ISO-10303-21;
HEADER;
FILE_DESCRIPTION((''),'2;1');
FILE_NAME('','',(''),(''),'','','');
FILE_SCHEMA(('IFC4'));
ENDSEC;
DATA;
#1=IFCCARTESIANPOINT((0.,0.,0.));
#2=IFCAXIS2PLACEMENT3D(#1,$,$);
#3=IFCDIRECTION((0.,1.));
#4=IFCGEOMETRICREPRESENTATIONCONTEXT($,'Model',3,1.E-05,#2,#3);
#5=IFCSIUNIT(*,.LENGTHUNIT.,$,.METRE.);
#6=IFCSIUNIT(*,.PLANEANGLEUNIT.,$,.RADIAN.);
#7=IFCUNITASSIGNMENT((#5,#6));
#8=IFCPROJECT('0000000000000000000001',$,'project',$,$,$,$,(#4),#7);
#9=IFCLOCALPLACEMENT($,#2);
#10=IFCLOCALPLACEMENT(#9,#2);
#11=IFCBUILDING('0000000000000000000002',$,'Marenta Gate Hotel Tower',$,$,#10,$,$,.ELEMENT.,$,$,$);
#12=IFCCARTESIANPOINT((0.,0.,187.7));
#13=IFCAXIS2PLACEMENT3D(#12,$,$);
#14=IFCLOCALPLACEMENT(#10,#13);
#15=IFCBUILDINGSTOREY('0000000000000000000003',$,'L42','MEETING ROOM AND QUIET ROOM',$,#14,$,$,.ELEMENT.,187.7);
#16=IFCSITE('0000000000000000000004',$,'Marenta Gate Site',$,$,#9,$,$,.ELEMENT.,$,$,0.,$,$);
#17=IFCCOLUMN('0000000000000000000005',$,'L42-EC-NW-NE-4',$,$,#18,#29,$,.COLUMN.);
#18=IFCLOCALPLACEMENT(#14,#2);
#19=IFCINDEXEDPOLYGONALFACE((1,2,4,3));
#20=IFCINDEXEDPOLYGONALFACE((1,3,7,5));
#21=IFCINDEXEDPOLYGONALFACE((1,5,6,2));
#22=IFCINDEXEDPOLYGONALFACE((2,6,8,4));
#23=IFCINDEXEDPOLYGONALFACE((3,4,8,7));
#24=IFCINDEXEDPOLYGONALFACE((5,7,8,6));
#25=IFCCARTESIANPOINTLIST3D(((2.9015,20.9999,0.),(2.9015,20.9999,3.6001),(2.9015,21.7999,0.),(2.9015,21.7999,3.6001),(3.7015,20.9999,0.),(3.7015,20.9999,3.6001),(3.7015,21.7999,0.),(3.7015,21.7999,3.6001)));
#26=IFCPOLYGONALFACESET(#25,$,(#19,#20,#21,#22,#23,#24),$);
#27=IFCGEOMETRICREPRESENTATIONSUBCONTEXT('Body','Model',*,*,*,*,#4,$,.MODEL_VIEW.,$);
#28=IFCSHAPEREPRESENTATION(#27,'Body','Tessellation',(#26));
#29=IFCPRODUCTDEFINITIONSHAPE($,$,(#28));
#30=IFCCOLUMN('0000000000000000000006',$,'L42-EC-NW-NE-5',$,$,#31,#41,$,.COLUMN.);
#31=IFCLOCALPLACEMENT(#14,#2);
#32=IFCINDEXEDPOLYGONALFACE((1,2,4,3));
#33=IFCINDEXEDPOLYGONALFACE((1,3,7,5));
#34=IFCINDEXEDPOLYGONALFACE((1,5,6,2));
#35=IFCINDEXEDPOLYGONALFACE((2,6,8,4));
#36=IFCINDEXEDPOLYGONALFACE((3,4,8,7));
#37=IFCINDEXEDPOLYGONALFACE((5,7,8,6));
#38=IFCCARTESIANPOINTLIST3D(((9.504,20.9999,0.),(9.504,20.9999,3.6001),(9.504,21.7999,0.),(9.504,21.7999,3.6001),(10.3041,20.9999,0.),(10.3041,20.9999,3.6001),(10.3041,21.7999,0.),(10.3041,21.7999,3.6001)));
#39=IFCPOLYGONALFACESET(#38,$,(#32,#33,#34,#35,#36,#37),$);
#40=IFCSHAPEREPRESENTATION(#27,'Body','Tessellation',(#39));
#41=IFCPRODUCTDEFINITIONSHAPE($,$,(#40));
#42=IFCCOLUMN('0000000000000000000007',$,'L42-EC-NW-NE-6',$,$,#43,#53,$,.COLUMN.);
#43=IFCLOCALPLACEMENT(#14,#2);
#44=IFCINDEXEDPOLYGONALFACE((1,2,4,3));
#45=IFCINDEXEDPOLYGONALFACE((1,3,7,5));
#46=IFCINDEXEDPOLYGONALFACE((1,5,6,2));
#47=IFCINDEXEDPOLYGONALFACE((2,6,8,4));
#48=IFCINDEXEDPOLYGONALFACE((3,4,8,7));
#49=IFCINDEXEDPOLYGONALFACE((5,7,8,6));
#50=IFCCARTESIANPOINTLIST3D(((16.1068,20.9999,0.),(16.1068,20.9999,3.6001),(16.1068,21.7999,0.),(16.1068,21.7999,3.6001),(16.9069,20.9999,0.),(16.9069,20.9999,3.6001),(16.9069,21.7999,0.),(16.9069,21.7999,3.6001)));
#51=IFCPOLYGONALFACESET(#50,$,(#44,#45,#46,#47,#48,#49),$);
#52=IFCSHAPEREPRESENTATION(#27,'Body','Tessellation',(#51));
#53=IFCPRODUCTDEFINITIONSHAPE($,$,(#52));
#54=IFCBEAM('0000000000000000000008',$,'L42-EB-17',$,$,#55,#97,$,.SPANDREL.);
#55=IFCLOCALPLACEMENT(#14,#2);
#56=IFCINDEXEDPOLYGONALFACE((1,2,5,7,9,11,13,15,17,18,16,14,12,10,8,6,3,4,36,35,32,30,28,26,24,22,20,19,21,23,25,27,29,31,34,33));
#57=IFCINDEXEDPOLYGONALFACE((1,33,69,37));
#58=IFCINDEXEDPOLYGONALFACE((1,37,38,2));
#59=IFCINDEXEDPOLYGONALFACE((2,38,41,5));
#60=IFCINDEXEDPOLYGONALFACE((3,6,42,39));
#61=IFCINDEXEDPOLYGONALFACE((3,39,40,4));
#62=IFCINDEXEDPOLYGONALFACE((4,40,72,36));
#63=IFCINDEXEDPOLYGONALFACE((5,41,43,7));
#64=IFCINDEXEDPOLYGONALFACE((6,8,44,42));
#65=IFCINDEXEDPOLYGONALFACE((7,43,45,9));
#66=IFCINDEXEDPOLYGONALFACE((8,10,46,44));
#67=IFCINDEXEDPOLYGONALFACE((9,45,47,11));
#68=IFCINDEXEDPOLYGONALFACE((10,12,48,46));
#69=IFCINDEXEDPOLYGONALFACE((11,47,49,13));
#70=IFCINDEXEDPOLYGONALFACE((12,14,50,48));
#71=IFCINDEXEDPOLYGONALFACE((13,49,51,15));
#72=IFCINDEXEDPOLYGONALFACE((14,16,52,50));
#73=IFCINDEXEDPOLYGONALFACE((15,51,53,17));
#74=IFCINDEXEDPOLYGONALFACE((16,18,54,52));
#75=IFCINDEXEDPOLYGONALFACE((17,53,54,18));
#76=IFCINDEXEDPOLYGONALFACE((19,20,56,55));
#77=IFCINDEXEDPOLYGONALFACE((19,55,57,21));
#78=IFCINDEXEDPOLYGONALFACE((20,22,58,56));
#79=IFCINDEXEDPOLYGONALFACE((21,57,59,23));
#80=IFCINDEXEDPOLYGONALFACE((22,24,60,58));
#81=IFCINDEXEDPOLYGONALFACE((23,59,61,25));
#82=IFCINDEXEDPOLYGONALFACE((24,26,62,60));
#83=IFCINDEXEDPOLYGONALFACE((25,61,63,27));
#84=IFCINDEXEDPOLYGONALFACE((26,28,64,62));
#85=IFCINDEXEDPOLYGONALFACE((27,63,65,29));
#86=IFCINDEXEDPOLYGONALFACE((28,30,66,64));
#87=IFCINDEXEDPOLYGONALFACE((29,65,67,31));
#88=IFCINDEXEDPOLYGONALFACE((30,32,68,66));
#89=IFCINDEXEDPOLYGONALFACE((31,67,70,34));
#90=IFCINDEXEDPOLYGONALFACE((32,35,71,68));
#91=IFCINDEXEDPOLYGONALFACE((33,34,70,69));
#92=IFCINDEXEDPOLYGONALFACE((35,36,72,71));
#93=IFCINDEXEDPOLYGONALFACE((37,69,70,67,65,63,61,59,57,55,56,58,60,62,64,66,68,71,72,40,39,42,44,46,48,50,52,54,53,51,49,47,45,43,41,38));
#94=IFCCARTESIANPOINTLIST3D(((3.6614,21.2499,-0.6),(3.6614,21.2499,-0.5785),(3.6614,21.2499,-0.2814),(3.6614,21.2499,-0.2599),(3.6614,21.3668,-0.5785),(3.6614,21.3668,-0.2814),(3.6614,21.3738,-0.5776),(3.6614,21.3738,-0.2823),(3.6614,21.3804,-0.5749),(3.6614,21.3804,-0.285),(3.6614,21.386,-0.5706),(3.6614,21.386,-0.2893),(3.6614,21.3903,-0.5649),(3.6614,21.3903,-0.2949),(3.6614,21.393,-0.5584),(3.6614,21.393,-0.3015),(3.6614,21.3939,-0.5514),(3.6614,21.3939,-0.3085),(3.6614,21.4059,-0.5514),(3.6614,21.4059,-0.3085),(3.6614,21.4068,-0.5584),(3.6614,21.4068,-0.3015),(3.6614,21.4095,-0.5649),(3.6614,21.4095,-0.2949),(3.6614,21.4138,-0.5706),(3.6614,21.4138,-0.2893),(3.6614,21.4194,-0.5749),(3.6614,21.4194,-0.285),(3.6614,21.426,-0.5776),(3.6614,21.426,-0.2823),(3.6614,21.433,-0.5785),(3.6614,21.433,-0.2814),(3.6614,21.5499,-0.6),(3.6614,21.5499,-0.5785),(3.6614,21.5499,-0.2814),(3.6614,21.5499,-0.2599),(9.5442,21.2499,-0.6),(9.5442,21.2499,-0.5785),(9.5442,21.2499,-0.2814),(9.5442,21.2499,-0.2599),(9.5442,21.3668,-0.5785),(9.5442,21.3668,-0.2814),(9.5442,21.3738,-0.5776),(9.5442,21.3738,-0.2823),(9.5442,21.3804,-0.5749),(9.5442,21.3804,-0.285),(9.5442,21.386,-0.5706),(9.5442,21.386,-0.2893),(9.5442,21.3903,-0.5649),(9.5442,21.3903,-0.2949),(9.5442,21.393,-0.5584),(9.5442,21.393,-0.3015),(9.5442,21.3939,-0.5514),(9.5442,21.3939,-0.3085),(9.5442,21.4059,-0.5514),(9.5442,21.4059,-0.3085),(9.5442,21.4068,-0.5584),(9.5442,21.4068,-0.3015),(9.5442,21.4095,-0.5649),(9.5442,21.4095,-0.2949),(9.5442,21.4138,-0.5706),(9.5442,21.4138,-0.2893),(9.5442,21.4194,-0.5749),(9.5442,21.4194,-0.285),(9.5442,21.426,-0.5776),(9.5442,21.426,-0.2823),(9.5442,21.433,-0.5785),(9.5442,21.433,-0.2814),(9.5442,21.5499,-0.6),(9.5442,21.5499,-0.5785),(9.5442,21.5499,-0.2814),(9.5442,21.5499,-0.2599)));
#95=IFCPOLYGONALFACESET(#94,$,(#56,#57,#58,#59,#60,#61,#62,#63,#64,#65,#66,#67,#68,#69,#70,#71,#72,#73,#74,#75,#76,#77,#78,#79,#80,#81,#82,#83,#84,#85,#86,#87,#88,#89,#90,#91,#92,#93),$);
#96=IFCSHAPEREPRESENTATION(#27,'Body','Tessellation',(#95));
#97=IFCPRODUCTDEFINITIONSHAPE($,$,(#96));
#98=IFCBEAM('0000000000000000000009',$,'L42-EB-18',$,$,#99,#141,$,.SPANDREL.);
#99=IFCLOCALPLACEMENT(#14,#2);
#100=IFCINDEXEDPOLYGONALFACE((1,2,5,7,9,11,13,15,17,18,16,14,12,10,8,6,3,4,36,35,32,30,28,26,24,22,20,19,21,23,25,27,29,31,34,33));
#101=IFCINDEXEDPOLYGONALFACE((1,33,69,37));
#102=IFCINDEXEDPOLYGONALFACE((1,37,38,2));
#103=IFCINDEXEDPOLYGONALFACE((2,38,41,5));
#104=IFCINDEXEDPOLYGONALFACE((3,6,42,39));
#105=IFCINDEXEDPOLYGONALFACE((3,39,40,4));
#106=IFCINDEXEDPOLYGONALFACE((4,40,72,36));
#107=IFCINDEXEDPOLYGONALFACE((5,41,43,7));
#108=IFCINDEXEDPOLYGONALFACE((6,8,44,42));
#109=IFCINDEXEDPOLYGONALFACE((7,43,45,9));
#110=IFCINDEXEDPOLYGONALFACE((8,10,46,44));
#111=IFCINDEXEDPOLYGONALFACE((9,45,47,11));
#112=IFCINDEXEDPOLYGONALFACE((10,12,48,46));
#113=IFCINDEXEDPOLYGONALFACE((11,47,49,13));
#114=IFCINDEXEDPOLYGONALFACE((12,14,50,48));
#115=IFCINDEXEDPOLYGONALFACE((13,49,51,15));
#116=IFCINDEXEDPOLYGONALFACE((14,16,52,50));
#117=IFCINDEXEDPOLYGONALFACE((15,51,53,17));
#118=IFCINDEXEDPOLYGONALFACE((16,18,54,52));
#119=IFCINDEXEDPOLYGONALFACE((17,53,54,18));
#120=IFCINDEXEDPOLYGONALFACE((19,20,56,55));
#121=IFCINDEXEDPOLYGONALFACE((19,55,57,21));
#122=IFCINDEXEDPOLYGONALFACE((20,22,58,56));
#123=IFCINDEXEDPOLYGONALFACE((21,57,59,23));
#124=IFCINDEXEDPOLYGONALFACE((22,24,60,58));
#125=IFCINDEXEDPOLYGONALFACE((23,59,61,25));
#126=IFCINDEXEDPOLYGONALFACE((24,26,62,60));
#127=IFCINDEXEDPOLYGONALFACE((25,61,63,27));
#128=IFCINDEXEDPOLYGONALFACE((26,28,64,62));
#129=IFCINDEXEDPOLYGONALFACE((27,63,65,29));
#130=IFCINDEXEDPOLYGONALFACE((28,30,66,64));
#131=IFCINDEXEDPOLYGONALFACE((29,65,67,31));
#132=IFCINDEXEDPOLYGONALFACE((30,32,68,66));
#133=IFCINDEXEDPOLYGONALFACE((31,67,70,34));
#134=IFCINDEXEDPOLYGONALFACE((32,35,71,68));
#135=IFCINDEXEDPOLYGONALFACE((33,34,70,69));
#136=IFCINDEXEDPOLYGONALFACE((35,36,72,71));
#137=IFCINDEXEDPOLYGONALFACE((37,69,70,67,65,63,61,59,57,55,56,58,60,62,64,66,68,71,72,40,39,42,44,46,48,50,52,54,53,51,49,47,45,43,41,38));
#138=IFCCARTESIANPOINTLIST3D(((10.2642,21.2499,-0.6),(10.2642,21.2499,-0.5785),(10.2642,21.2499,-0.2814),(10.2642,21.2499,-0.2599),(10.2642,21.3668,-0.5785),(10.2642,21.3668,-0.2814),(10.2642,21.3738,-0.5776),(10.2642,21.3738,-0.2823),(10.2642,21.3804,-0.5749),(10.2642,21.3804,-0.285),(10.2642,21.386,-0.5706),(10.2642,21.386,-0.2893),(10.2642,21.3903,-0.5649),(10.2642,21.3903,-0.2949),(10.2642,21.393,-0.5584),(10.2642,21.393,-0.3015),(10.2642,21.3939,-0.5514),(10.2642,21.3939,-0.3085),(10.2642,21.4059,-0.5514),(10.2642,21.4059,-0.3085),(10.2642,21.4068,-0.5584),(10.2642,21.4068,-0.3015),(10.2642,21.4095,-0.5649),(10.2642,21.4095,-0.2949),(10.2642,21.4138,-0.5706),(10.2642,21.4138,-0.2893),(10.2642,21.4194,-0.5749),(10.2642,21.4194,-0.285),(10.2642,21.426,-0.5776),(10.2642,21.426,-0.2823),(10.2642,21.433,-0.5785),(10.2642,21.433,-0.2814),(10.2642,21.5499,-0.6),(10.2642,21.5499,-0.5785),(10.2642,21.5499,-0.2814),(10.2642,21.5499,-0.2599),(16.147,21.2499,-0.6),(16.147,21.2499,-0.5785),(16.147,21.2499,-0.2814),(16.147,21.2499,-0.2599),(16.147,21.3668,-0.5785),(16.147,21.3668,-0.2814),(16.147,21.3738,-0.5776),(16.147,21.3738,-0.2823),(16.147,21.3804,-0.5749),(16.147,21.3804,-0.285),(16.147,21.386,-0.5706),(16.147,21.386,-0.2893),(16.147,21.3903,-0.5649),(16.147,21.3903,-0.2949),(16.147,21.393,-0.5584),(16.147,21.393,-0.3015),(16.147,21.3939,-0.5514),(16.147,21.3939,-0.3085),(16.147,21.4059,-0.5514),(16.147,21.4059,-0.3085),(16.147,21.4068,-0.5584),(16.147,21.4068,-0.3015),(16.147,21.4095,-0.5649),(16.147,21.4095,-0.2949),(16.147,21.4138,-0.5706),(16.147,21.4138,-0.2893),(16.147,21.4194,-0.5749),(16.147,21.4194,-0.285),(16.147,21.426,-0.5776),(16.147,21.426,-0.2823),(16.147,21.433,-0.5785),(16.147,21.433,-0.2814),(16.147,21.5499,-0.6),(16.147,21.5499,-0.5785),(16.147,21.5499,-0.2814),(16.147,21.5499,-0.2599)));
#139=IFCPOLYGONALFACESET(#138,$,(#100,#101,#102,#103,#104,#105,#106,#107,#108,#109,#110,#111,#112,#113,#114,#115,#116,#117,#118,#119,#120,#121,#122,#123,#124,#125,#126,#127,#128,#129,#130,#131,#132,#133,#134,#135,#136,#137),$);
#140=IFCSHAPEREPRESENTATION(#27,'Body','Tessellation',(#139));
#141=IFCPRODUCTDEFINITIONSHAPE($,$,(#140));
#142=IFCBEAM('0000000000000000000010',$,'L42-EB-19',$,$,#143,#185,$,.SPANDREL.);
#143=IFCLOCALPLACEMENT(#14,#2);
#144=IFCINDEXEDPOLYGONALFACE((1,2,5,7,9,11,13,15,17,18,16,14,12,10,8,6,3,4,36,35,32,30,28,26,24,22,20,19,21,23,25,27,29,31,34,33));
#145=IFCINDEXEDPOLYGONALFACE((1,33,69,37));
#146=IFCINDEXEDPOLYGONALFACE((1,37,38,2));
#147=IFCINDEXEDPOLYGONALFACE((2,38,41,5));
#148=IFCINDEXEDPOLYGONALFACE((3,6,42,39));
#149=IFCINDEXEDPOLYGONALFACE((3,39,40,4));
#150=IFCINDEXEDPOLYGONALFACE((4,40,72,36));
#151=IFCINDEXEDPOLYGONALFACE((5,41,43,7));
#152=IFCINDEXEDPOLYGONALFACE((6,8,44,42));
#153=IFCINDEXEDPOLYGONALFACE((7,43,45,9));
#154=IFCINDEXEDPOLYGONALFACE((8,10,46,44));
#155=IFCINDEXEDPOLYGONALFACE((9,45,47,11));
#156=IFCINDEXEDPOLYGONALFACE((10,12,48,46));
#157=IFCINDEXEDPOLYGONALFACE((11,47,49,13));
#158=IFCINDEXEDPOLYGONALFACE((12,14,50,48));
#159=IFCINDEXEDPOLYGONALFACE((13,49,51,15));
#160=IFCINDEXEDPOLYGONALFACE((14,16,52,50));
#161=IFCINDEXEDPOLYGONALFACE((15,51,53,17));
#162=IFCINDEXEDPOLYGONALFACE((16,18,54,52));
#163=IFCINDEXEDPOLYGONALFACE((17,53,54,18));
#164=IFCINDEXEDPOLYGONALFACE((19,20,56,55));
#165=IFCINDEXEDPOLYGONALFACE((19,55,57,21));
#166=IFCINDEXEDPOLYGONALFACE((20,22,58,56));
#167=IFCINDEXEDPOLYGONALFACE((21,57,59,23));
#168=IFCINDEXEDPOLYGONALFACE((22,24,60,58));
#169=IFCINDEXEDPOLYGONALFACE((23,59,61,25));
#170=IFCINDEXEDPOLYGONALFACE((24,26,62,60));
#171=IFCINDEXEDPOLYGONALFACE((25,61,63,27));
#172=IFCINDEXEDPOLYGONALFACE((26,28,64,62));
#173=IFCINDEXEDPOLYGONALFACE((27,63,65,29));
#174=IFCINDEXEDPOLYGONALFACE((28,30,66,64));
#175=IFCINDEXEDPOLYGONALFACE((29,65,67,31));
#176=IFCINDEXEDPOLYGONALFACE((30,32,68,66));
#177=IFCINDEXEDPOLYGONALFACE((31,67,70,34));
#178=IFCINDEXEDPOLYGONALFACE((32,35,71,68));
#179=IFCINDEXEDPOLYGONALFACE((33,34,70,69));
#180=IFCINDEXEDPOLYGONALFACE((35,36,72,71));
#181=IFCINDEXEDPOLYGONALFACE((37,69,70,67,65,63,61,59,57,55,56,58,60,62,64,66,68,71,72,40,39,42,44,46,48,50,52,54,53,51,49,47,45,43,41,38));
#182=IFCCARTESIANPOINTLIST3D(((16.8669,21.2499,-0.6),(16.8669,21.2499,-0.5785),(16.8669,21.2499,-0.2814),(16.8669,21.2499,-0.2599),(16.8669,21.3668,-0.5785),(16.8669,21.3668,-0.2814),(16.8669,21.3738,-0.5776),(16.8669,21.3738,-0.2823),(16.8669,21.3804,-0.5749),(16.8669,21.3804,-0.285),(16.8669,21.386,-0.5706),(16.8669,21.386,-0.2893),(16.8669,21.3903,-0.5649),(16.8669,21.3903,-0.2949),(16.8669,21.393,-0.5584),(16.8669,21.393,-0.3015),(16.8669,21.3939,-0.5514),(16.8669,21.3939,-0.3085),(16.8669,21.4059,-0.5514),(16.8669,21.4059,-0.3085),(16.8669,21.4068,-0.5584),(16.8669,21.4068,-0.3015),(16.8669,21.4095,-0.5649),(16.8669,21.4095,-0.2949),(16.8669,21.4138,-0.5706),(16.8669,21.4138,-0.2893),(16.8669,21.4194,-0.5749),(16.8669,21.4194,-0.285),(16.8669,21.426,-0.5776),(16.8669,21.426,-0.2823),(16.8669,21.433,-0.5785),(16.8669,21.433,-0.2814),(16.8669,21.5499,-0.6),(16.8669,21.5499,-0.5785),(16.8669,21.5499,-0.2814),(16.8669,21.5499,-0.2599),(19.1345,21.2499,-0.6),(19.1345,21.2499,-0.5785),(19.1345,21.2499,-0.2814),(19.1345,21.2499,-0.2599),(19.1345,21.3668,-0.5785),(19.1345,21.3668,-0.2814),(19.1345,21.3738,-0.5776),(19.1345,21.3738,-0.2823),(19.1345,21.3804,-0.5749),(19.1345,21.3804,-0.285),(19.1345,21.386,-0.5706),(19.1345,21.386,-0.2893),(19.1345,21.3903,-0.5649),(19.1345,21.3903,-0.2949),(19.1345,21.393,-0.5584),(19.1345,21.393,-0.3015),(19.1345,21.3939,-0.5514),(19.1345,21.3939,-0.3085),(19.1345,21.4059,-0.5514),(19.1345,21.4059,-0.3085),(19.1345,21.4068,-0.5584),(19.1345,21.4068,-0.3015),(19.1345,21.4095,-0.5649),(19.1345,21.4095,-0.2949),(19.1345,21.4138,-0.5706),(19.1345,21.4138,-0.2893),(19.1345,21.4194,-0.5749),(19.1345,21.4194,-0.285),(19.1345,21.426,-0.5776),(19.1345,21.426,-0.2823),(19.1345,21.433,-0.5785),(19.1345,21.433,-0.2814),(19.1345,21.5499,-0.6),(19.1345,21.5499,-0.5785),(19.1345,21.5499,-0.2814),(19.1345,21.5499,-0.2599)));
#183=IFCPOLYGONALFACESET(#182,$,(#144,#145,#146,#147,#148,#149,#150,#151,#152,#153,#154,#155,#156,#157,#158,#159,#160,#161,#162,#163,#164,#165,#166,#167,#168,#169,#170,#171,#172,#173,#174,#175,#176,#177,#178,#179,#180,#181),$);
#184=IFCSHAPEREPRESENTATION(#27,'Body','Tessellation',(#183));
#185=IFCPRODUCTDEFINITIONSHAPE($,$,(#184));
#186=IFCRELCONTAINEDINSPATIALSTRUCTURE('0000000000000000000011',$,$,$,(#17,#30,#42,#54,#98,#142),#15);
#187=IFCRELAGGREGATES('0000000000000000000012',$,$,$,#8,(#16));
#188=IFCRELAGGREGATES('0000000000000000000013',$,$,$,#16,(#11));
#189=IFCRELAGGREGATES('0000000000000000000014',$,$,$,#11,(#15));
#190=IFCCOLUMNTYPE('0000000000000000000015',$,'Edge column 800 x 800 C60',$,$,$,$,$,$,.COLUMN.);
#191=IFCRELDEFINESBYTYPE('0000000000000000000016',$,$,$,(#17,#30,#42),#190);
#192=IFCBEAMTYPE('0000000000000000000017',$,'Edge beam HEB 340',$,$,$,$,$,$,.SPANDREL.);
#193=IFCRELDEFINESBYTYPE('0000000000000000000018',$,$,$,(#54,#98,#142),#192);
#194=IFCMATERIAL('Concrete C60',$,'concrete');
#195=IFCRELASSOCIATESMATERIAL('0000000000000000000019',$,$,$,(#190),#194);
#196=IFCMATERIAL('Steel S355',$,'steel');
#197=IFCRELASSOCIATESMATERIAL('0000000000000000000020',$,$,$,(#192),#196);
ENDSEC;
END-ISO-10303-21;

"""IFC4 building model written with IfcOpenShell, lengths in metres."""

from ifc_helpers import new_model, si_unit, direction, frame, origin, origin_2d, place, context, subcontext, project, spatial, rectangle, i_section, extrude, material, material_profile, profile_set, type_object, element, save


model = new_model("IFC4")

# Units and contexts
model_context = context("Model", 3, precision=1e-05, world=origin(), true_north=direction((0.0, 1.0)))
body_context = subcontext(model_context, "Body", "Model", "MODEL_VIEW")
ifc_project = project(units=[si_unit("LENGTHUNIT", "METRE"), si_unit("PLANEANGLEUNIT", "RADIAN")], contexts=[model_context])

# Site, building, storey
site_placement = place(None, origin())
site = spatial("IfcSite", under=ifc_project, at=site_placement, Name="Marenta Gate Site", CompositionType="ELEMENT", RefElevation=0.0)
building_placement = place(site_placement, origin())
building = spatial("IfcBuilding", under=site, at=building_placement, Name="Marenta Gate Hotel Tower", CompositionType="ELEMENT")
storey_placement = place(building_placement, frame((0.0, 0.0, 187.7)))
storey = spatial("IfcBuildingStorey", under=building, at=storey_placement, Name="L42", Description="MEETING ROOM AND QUIET ROOM", CompositionType="ELEMENT", Elevation=187.7)

# Columns
ifc_material_1 = material(Name="Concrete C60", Category="concrete")
ifc_material_profile_1 = material_profile(ifc_material_1, rectangle(XDim=0.8, YDim=0.8, at=origin_2d()), Name="800 x 800")
ifc_profile_set_1 = profile_set([ifc_material_profile_1], Name="Concrete C60")
column_type = type_object("IfcColumnType", Name="Edge column 800 x 800 C60", PredefinedType="COLUMN", material=ifc_profile_set_1)
for number, where, z_axis, x_axis, name in (
    (1, (3.3015, 21.3999, 0.0), (0.0, 0.0, 1.0), (1.0, 0.0, 0.0), "L42-EC-NW-NE-4"),
    (2, (9.9041, 21.3999, 0.0), (0.0, 0.0, 1.0), (1.0, 0.0, 0.0), "L42-EC-NW-NE-5"),
    (3, (16.5068, 21.3999, 0.0), (0.0, 0.0, 1.0), (1.0, 0.0, 0.0), "L42-EC-NW-NE-6"),
):
    element("IfcColumn", number, at=place(storey_placement, frame(where, z_axis=z_axis, x_axis=x_axis)), inside=storey, type_object=column_type, Name=name, PredefinedType="COLUMN", context=body_context, shape_type="SweptSolid", body=[
        extrude(rectangle(XDim=0.8, YDim=0.8, at=origin_2d()), origin(), (0.0, 0.0, 1.0), 3.6001),
    ])

# Beams
ifc_material_2 = material(Name="Steel S355", Category="steel")
ifc_material_profile_2 = material_profile(ifc_material_2, i_section(OverallWidth=0.3, OverallDepth=0.3401, WebThickness=0.012, FlangeThickness=0.0215, FilletRadius=0.0271, at=origin_2d()), Name="HEB 340")
ifc_profile_set_2 = profile_set([ifc_material_profile_2], Name="Steel S355")
beam_type_1 = type_object("IfcBeamType", Name="Edge beam HEB 340", PredefinedType="SPANDREL", material=ifc_profile_set_2)
for number, where, z_axis, x_axis, name in (
    (4, (3.6614, 21.3999, -0.4299), (1.0, 0.0, 0.0), (0.0, 1.0, 0.0), "L42-EB-17"),
    (5, (10.2642, 21.3999, -0.4299), (1.0, 0.0, 0.0), (0.0, 1.0, 0.0), "L42-EB-18"),
):
    element("IfcBeam", number, at=place(storey_placement, frame(where, z_axis=z_axis, x_axis=x_axis)), inside=storey, type_object=beam_type_1, Name=name, PredefinedType="SPANDREL", context=body_context, shape_type="SweptSolid", body=[
        extrude(i_section(OverallWidth=0.3, OverallDepth=0.3401, WebThickness=0.012, FlangeThickness=0.0215, FilletRadius=0.0271, at=origin_2d()), origin(), (0.0, 0.0, 1.0), 5.8828),
    ])
beam_placement = place(storey_placement, frame((16.8669, 21.3999, -0.4299), z_axis=(1.0, 0.0, 0.0), x_axis=(0.0, 1.0, 0.0)))
element("IfcBeam", 6, at=beam_placement, inside=storey, type_object=beam_type_1, Name="L42-EB-19", PredefinedType="SPANDREL", context=body_context, shape_type="SweptSolid", body=[
    extrude(i_section(OverallWidth=0.3, OverallDepth=0.3401, WebThickness=0.012, FlangeThickness=0.0215, FilletRadius=0.0271, at=origin_2d()), origin(), (0.0, 0.0, 1.0), 2.2676),
])

save(model, "model.ifc")
